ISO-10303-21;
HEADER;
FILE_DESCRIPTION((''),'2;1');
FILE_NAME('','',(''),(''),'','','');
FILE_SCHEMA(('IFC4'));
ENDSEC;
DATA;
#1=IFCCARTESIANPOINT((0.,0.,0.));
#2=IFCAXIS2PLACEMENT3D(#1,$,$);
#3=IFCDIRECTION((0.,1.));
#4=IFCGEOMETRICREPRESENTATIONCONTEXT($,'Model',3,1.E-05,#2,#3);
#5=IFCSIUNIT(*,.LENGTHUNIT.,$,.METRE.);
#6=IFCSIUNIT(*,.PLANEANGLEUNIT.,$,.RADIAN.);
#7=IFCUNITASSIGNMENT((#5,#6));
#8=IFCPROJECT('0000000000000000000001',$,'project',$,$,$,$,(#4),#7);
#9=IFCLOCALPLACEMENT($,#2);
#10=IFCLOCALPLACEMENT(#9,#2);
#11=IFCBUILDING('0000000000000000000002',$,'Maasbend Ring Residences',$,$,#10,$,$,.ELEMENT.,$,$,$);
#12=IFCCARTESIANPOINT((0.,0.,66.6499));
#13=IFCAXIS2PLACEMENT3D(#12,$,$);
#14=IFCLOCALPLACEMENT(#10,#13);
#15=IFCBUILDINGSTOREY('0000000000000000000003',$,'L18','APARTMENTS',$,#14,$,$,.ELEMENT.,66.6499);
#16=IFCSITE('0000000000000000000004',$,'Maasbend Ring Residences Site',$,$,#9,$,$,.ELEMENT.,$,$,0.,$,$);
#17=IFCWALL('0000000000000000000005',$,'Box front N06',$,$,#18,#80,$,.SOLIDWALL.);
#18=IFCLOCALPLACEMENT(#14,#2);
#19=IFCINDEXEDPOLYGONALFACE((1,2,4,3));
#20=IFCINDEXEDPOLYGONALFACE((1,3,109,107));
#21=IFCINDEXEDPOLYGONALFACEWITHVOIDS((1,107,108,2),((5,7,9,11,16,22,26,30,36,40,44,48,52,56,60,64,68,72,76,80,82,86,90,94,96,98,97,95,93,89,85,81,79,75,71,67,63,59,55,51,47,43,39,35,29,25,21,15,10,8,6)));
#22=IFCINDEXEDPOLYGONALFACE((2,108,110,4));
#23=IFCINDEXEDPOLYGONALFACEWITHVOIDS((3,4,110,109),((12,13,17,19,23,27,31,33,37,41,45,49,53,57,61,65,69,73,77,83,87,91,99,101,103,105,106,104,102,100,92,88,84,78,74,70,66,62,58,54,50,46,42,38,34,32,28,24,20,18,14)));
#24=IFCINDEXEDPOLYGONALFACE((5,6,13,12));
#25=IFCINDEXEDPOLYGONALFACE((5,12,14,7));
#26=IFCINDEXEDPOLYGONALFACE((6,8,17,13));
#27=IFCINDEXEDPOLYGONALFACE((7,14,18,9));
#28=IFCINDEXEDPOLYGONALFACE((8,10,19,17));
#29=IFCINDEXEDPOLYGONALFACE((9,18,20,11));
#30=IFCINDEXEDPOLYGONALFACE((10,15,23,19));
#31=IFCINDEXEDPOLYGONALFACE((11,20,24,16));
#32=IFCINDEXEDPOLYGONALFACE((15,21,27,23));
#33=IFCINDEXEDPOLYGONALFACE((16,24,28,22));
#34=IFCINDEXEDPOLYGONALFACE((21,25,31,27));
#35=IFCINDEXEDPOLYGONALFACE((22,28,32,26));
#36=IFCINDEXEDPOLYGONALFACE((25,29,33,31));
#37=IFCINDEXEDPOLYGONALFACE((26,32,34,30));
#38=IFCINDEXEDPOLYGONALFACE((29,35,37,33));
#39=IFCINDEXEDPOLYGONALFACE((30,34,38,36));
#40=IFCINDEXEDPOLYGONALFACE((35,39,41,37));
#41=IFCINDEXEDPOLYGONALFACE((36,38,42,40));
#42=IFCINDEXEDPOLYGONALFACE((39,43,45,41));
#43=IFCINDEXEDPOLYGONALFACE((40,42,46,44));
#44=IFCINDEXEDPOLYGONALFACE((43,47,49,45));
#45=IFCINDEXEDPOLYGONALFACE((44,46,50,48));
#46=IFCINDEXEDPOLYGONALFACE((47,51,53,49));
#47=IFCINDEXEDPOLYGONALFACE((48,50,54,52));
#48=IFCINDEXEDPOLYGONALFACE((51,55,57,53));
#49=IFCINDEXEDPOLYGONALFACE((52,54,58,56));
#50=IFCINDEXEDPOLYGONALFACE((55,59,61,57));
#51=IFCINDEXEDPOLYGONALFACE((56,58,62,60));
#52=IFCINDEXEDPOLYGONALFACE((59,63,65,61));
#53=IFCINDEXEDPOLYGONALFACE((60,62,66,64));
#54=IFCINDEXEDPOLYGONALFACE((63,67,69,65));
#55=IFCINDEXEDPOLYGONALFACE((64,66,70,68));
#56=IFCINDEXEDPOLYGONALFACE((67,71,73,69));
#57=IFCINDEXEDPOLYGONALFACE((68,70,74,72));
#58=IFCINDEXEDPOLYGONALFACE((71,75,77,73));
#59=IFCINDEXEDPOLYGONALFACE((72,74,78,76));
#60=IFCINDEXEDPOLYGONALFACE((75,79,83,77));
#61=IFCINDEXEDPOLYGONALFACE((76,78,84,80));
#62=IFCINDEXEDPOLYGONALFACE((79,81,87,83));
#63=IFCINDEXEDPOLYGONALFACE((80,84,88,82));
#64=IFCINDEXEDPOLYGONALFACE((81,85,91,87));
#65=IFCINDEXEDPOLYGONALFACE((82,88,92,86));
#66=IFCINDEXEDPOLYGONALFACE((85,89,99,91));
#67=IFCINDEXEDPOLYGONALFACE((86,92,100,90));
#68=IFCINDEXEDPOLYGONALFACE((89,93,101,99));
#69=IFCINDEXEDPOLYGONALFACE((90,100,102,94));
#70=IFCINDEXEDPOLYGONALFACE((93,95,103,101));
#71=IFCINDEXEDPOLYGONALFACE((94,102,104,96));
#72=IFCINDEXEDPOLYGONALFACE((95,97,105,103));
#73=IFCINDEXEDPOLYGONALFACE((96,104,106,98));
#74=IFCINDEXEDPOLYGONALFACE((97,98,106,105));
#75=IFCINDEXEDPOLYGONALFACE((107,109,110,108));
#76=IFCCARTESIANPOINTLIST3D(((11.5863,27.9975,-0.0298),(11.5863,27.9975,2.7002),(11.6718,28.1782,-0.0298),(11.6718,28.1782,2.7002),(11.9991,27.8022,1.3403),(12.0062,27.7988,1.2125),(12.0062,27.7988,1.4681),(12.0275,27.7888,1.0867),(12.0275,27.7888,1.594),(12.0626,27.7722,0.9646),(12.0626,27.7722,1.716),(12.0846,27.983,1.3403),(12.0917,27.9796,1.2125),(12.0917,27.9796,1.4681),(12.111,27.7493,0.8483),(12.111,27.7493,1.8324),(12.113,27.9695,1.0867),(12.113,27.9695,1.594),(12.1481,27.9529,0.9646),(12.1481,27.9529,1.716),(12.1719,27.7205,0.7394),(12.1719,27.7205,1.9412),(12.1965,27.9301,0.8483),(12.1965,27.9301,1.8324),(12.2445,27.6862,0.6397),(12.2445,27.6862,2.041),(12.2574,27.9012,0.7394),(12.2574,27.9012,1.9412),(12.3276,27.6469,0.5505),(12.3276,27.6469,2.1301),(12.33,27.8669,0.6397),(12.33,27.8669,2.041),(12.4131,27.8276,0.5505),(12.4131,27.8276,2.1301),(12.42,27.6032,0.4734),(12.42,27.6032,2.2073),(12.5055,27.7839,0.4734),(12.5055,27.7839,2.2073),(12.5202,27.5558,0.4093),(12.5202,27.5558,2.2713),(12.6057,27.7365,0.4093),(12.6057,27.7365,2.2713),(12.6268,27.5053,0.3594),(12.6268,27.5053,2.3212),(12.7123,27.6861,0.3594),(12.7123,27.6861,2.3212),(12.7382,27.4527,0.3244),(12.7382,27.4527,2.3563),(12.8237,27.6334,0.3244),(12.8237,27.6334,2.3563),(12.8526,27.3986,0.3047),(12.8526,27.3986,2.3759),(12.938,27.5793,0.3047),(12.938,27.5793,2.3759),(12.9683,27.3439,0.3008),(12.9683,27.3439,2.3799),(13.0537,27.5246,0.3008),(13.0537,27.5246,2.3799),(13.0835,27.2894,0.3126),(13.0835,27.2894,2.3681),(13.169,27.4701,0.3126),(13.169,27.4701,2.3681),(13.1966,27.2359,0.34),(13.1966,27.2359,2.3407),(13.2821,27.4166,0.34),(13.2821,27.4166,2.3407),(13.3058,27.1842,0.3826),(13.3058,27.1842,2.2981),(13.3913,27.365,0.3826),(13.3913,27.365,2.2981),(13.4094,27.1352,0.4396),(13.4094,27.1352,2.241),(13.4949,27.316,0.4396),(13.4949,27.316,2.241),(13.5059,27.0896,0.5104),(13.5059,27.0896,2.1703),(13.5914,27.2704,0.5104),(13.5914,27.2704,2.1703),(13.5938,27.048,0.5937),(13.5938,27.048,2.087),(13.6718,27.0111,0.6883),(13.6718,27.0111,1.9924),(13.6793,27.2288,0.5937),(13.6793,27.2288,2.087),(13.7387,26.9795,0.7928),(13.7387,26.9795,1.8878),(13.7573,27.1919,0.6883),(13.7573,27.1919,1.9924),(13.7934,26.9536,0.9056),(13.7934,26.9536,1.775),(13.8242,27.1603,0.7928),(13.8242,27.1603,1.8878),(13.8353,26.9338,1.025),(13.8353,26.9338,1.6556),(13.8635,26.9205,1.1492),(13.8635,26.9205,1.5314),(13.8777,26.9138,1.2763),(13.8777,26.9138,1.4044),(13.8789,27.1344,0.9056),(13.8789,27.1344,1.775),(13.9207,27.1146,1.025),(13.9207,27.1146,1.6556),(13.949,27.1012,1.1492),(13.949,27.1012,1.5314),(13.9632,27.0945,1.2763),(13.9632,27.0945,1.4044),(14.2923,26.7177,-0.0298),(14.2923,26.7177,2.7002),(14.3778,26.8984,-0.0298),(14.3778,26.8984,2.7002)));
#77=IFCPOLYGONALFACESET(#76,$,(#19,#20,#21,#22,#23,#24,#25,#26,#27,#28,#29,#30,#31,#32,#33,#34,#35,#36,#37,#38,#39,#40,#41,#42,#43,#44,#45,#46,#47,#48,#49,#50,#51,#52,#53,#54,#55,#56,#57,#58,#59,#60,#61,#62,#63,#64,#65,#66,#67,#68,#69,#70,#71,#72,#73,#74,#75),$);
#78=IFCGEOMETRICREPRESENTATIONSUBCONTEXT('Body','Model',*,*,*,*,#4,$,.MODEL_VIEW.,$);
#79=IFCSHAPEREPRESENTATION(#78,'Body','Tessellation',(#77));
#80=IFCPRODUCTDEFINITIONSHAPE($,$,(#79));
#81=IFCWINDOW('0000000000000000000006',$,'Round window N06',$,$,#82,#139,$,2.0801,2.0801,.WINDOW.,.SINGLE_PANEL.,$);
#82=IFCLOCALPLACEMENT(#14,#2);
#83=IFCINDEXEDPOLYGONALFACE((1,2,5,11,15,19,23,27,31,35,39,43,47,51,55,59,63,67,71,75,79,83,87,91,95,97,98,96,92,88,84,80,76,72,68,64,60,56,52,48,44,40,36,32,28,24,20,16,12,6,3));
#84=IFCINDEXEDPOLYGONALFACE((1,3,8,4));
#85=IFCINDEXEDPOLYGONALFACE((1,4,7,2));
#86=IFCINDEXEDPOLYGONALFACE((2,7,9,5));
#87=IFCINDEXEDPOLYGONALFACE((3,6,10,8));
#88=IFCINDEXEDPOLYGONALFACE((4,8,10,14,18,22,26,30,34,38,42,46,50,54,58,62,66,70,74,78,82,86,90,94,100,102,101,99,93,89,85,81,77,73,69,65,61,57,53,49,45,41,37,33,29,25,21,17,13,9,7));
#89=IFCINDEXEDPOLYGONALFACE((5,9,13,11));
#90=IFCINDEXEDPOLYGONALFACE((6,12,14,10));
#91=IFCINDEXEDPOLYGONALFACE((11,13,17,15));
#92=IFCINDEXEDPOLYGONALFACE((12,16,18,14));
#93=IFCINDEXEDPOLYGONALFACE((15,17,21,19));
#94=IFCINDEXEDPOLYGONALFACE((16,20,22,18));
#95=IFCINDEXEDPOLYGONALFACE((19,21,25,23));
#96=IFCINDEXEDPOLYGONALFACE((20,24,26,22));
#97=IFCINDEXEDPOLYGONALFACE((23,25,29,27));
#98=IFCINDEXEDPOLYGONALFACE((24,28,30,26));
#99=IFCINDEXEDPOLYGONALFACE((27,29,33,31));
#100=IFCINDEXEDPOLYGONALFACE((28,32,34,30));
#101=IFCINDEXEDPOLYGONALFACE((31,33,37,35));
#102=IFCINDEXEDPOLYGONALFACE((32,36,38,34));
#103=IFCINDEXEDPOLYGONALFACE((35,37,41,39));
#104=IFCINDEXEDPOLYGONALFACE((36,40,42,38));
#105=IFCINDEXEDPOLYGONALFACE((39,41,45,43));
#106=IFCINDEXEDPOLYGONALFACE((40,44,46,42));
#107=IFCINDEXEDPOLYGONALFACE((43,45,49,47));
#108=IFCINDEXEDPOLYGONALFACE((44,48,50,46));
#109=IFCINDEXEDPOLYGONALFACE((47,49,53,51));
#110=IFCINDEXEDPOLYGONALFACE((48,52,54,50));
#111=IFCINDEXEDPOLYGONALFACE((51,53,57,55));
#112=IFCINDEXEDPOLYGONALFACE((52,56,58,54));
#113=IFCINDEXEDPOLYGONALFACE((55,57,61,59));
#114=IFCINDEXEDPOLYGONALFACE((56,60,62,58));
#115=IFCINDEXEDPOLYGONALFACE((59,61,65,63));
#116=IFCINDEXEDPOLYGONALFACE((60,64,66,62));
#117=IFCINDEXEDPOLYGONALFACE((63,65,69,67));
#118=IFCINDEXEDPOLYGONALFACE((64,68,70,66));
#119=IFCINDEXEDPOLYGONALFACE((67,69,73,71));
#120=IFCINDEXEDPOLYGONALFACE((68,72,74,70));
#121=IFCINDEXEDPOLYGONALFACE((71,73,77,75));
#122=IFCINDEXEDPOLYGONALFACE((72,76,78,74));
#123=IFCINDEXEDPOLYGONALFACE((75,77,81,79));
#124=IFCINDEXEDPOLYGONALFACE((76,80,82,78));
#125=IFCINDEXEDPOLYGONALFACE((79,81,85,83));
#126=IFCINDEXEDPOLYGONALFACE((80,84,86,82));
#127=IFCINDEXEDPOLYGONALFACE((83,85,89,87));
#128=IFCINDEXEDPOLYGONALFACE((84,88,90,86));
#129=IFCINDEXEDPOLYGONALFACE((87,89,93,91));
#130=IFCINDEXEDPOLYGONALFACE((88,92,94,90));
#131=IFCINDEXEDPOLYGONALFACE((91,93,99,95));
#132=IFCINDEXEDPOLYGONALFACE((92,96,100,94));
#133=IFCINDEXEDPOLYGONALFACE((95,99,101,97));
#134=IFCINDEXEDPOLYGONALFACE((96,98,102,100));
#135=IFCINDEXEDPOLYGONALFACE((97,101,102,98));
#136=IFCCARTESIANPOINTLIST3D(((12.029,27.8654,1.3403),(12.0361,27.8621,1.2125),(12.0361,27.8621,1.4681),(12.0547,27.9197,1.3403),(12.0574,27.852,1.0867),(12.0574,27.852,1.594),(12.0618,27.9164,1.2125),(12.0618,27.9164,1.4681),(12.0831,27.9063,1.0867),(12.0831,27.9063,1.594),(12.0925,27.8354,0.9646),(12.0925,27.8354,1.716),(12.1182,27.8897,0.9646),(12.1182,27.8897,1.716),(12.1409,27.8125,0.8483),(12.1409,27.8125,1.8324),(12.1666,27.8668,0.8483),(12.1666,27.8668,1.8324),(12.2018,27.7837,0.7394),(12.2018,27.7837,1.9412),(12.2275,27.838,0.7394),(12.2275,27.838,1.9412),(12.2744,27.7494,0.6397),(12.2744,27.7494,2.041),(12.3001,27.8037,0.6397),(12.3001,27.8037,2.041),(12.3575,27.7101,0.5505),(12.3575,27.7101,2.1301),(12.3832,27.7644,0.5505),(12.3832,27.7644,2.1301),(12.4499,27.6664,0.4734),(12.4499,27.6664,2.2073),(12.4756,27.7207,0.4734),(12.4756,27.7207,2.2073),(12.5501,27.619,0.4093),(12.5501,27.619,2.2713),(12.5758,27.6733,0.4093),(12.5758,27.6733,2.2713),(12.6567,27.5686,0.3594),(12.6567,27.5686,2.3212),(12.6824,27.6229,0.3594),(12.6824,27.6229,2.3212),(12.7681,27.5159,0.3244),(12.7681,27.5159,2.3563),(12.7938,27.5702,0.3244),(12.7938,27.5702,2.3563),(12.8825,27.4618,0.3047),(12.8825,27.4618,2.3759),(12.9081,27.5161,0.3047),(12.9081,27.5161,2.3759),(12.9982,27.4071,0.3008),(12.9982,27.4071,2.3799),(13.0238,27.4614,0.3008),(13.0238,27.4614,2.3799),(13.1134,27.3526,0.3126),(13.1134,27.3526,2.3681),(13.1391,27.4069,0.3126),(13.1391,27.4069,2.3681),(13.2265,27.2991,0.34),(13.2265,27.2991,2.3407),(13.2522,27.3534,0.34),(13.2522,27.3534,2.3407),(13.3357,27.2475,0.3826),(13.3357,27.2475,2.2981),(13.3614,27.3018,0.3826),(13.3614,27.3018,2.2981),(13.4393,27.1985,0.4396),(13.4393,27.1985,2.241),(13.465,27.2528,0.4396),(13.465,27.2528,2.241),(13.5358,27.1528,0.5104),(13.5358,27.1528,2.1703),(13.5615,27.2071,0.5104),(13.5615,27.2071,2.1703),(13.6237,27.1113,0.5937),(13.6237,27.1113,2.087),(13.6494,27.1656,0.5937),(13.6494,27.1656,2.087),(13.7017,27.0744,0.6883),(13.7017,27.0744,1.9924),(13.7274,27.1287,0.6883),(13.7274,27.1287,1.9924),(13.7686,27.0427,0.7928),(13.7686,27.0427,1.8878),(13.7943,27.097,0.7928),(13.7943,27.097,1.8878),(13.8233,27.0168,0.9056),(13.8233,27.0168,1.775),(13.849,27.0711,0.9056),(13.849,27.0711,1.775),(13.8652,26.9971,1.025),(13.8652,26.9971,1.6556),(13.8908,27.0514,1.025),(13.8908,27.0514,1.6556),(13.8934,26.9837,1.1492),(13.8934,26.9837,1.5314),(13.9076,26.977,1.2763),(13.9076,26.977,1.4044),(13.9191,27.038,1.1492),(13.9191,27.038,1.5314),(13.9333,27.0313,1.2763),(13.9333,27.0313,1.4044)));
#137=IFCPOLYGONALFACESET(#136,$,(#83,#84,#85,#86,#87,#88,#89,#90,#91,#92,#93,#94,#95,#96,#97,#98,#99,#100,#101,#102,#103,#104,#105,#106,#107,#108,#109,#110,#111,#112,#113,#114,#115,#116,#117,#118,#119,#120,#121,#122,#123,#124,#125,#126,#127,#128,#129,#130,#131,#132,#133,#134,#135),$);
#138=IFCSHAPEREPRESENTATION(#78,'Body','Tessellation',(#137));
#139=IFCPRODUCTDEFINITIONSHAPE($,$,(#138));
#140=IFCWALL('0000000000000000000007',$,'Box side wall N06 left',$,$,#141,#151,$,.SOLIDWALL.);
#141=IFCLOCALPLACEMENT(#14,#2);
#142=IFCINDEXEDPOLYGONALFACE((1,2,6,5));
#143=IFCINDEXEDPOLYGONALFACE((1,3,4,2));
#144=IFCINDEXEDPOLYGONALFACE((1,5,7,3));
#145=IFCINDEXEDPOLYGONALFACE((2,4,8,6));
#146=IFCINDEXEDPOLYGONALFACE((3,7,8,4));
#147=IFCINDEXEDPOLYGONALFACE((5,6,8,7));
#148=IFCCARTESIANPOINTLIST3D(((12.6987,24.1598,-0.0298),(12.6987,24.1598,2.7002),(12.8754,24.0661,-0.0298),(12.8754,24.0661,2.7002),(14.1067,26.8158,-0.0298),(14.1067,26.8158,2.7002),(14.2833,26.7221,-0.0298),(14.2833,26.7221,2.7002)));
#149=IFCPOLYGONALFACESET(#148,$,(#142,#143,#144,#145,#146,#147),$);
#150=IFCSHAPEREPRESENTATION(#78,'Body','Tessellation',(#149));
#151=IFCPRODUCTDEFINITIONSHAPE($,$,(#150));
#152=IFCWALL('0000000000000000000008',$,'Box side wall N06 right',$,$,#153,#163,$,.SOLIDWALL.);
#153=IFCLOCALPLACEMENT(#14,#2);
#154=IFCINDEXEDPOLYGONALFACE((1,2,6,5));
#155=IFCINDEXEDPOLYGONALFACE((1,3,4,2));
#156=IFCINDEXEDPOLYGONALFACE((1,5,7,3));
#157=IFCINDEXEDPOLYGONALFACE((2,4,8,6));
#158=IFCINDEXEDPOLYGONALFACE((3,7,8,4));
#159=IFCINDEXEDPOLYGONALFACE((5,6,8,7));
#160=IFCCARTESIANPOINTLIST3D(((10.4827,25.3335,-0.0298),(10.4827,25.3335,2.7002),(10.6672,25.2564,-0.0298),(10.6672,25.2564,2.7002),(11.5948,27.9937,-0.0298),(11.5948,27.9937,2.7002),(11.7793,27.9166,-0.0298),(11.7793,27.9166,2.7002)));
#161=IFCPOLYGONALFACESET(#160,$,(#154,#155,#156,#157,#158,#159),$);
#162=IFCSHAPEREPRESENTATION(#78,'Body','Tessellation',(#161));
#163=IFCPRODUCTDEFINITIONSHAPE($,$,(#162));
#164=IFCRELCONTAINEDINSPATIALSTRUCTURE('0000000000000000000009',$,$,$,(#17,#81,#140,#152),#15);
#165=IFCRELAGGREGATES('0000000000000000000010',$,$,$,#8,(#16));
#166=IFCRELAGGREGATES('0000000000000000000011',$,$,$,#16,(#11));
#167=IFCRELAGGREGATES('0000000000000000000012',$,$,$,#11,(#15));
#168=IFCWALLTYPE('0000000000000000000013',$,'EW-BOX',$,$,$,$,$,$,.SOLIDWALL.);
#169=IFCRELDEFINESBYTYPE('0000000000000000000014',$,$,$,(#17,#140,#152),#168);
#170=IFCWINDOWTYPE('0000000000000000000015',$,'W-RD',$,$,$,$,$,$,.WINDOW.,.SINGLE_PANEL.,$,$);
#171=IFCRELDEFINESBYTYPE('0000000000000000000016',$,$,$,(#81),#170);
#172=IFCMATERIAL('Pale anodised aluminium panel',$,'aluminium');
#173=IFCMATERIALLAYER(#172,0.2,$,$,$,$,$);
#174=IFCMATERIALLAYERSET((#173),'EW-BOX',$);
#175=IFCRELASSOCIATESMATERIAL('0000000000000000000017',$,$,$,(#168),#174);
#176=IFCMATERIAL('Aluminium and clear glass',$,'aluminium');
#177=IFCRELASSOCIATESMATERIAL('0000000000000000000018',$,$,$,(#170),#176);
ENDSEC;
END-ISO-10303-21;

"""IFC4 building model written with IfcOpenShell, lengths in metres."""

from ifc_helpers import new_model, si_unit, direction, frame, frame_2d, origin, place, context, subcontext, project, spatial, rectangle, circle, extrude, material, layer, layer_set, type_object, element, fill, save


model = new_model("IFC4")

# Units and contexts
model_context = context("Model", 3, precision=1e-05, world=origin(), true_north=direction((0.0, 1.0)))
body_context = subcontext(model_context, "Body", "Model", "MODEL_VIEW")
ifc_project = project(units=[si_unit("LENGTHUNIT", "METRE"), si_unit("PLANEANGLEUNIT", "RADIAN")], contexts=[model_context])

# Site, building, storey
site_placement = place(None, origin())
site = spatial("IfcSite", under=ifc_project, at=site_placement, Name="Maasbend Ring Residences Site", CompositionType="ELEMENT", RefElevation=0.0)
building_placement = place(site_placement, origin())
building = spatial("IfcBuilding", under=site, at=building_placement, Name="Maasbend Ring Residences", CompositionType="ELEMENT")
storey_placement = place(building_placement, frame((0.0, 0.0, 66.6499)))
storey = spatial("IfcBuildingStorey", under=building, at=storey_placement, Name="L18", Description="APARTMENTS", CompositionType="ELEMENT", Elevation=66.6499)

# Wall, opening, window
ifc_material_1 = material(Name="Pale anodised aluminium panel", Category="aluminium")
ifc_layer_1 = layer(ifc_material_1, 0.2)
ifc_layer_set_1 = layer_set([ifc_layer_1], Name="EW-BOX")
wall_type_1 = type_object("IfcWallType", Name="EW-BOX", PredefinedType="SOLIDWALL", material=ifc_layer_set_1)
wall_1_placement = place(storey_placement, frame((14.335, 26.8081, -0.0298), z_axis=(0.0, 0.0, 1.0), x_axis=(-0.904, 0.427532, 0.0)))
wall_1 = element("IfcWall", 1, at=wall_1_placement, inside=storey, type_object=wall_type_1, Name="Box front N06", PredefinedType="SOLIDWALL", context=body_context, shape_type="SweptSolid", body=[
    extrude(rectangle(XDim=2.9934, YDim=0.2, at=frame_2d((1.4966, 0.0))), origin(), (0.0, 0.0, 1.0), 2.73),
])
opening_1_placement = place(wall_1_placement, frame((0.4565, 0.0, 0.3301)))
opening_1 = element("IfcOpeningElement", 2, at=opening_1_placement, cuts=wall_1, PredefinedType="OPENING", context=body_context, shape_type="SweptSolid", body=[
    extrude(circle(Radius=1.04, at=frame_2d((1.04, 1.04))), frame((0.0, 0.1099, 0.0), z_axis=(0.0, -1.0, 0.0), x_axis=(1.0, 0.0, 0.0)), (0.0, 0.0, 1.0), 0.22),
])
ifc_material_2 = material(Name="Aluminium and clear glass", Category="aluminium")
window_type_1 = type_object("IfcWindowType", Name="W-RD", PartitioningType="SINGLE_PANEL", PredefinedType="WINDOW", material=ifc_material_2)
window_1_placement = place(opening_1_placement, origin())
window_1 = element("IfcWindow", 3, at=window_1_placement, inside=storey, type_object=window_type_1, Name="Round window N06", OverallHeight=2.0801, OverallWidth=2.0801, PartitioningType="SINGLE_PANEL", PredefinedType="WINDOW", context=body_context, shape_type="SweptSolid", body=[
    extrude(circle(Radius=1.04, at=frame_2d((1.04, 1.04))), frame((0.0, 0.03, 0.0), z_axis=(0.0, -1.0, 0.0), x_axis=(1.0, 0.0, 0.0)), (0.0, 0.0, 1.0), 0.0601),
])
fill(opening_1, window_1)

# Walls
wall_2_placement = place(storey_placement, frame((12.7871, 24.113, -0.0298), z_axis=(0.0, 0.0, 1.0), x_axis=(0.468365, 0.883535, 0.0)))
element("IfcWall", 4, at=wall_2_placement, inside=storey, type_object=wall_type_1, Name="Box side wall N06 left", PredefinedType="SOLIDWALL", context=body_context, shape_type="SweptSolid", body=[
    extrude(rectangle(XDim=3.0061, YDim=0.2, at=frame_2d((1.5029, 0.0))), origin(), (0.0, 0.0, 1.0), 2.73),
])
wall_3_placement = place(storey_placement, frame((10.575, 25.2949, -0.0298), z_axis=(0.0, 0.0, 1.0), x_axis=(0.385697, 0.922625, 0.0)))
element("IfcWall", 5, at=wall_3_placement, inside=storey, type_object=wall_type_1, Name="Box side wall N06 right", PredefinedType="SOLIDWALL", context=body_context, shape_type="SweptSolid", body=[
    extrude(rectangle(XDim=2.8833, YDim=0.2, at=frame_2d((1.4417, 0.0))), origin(), (0.0, 0.0, 1.0), 2.73),
])

save(model, "model.ifc")
